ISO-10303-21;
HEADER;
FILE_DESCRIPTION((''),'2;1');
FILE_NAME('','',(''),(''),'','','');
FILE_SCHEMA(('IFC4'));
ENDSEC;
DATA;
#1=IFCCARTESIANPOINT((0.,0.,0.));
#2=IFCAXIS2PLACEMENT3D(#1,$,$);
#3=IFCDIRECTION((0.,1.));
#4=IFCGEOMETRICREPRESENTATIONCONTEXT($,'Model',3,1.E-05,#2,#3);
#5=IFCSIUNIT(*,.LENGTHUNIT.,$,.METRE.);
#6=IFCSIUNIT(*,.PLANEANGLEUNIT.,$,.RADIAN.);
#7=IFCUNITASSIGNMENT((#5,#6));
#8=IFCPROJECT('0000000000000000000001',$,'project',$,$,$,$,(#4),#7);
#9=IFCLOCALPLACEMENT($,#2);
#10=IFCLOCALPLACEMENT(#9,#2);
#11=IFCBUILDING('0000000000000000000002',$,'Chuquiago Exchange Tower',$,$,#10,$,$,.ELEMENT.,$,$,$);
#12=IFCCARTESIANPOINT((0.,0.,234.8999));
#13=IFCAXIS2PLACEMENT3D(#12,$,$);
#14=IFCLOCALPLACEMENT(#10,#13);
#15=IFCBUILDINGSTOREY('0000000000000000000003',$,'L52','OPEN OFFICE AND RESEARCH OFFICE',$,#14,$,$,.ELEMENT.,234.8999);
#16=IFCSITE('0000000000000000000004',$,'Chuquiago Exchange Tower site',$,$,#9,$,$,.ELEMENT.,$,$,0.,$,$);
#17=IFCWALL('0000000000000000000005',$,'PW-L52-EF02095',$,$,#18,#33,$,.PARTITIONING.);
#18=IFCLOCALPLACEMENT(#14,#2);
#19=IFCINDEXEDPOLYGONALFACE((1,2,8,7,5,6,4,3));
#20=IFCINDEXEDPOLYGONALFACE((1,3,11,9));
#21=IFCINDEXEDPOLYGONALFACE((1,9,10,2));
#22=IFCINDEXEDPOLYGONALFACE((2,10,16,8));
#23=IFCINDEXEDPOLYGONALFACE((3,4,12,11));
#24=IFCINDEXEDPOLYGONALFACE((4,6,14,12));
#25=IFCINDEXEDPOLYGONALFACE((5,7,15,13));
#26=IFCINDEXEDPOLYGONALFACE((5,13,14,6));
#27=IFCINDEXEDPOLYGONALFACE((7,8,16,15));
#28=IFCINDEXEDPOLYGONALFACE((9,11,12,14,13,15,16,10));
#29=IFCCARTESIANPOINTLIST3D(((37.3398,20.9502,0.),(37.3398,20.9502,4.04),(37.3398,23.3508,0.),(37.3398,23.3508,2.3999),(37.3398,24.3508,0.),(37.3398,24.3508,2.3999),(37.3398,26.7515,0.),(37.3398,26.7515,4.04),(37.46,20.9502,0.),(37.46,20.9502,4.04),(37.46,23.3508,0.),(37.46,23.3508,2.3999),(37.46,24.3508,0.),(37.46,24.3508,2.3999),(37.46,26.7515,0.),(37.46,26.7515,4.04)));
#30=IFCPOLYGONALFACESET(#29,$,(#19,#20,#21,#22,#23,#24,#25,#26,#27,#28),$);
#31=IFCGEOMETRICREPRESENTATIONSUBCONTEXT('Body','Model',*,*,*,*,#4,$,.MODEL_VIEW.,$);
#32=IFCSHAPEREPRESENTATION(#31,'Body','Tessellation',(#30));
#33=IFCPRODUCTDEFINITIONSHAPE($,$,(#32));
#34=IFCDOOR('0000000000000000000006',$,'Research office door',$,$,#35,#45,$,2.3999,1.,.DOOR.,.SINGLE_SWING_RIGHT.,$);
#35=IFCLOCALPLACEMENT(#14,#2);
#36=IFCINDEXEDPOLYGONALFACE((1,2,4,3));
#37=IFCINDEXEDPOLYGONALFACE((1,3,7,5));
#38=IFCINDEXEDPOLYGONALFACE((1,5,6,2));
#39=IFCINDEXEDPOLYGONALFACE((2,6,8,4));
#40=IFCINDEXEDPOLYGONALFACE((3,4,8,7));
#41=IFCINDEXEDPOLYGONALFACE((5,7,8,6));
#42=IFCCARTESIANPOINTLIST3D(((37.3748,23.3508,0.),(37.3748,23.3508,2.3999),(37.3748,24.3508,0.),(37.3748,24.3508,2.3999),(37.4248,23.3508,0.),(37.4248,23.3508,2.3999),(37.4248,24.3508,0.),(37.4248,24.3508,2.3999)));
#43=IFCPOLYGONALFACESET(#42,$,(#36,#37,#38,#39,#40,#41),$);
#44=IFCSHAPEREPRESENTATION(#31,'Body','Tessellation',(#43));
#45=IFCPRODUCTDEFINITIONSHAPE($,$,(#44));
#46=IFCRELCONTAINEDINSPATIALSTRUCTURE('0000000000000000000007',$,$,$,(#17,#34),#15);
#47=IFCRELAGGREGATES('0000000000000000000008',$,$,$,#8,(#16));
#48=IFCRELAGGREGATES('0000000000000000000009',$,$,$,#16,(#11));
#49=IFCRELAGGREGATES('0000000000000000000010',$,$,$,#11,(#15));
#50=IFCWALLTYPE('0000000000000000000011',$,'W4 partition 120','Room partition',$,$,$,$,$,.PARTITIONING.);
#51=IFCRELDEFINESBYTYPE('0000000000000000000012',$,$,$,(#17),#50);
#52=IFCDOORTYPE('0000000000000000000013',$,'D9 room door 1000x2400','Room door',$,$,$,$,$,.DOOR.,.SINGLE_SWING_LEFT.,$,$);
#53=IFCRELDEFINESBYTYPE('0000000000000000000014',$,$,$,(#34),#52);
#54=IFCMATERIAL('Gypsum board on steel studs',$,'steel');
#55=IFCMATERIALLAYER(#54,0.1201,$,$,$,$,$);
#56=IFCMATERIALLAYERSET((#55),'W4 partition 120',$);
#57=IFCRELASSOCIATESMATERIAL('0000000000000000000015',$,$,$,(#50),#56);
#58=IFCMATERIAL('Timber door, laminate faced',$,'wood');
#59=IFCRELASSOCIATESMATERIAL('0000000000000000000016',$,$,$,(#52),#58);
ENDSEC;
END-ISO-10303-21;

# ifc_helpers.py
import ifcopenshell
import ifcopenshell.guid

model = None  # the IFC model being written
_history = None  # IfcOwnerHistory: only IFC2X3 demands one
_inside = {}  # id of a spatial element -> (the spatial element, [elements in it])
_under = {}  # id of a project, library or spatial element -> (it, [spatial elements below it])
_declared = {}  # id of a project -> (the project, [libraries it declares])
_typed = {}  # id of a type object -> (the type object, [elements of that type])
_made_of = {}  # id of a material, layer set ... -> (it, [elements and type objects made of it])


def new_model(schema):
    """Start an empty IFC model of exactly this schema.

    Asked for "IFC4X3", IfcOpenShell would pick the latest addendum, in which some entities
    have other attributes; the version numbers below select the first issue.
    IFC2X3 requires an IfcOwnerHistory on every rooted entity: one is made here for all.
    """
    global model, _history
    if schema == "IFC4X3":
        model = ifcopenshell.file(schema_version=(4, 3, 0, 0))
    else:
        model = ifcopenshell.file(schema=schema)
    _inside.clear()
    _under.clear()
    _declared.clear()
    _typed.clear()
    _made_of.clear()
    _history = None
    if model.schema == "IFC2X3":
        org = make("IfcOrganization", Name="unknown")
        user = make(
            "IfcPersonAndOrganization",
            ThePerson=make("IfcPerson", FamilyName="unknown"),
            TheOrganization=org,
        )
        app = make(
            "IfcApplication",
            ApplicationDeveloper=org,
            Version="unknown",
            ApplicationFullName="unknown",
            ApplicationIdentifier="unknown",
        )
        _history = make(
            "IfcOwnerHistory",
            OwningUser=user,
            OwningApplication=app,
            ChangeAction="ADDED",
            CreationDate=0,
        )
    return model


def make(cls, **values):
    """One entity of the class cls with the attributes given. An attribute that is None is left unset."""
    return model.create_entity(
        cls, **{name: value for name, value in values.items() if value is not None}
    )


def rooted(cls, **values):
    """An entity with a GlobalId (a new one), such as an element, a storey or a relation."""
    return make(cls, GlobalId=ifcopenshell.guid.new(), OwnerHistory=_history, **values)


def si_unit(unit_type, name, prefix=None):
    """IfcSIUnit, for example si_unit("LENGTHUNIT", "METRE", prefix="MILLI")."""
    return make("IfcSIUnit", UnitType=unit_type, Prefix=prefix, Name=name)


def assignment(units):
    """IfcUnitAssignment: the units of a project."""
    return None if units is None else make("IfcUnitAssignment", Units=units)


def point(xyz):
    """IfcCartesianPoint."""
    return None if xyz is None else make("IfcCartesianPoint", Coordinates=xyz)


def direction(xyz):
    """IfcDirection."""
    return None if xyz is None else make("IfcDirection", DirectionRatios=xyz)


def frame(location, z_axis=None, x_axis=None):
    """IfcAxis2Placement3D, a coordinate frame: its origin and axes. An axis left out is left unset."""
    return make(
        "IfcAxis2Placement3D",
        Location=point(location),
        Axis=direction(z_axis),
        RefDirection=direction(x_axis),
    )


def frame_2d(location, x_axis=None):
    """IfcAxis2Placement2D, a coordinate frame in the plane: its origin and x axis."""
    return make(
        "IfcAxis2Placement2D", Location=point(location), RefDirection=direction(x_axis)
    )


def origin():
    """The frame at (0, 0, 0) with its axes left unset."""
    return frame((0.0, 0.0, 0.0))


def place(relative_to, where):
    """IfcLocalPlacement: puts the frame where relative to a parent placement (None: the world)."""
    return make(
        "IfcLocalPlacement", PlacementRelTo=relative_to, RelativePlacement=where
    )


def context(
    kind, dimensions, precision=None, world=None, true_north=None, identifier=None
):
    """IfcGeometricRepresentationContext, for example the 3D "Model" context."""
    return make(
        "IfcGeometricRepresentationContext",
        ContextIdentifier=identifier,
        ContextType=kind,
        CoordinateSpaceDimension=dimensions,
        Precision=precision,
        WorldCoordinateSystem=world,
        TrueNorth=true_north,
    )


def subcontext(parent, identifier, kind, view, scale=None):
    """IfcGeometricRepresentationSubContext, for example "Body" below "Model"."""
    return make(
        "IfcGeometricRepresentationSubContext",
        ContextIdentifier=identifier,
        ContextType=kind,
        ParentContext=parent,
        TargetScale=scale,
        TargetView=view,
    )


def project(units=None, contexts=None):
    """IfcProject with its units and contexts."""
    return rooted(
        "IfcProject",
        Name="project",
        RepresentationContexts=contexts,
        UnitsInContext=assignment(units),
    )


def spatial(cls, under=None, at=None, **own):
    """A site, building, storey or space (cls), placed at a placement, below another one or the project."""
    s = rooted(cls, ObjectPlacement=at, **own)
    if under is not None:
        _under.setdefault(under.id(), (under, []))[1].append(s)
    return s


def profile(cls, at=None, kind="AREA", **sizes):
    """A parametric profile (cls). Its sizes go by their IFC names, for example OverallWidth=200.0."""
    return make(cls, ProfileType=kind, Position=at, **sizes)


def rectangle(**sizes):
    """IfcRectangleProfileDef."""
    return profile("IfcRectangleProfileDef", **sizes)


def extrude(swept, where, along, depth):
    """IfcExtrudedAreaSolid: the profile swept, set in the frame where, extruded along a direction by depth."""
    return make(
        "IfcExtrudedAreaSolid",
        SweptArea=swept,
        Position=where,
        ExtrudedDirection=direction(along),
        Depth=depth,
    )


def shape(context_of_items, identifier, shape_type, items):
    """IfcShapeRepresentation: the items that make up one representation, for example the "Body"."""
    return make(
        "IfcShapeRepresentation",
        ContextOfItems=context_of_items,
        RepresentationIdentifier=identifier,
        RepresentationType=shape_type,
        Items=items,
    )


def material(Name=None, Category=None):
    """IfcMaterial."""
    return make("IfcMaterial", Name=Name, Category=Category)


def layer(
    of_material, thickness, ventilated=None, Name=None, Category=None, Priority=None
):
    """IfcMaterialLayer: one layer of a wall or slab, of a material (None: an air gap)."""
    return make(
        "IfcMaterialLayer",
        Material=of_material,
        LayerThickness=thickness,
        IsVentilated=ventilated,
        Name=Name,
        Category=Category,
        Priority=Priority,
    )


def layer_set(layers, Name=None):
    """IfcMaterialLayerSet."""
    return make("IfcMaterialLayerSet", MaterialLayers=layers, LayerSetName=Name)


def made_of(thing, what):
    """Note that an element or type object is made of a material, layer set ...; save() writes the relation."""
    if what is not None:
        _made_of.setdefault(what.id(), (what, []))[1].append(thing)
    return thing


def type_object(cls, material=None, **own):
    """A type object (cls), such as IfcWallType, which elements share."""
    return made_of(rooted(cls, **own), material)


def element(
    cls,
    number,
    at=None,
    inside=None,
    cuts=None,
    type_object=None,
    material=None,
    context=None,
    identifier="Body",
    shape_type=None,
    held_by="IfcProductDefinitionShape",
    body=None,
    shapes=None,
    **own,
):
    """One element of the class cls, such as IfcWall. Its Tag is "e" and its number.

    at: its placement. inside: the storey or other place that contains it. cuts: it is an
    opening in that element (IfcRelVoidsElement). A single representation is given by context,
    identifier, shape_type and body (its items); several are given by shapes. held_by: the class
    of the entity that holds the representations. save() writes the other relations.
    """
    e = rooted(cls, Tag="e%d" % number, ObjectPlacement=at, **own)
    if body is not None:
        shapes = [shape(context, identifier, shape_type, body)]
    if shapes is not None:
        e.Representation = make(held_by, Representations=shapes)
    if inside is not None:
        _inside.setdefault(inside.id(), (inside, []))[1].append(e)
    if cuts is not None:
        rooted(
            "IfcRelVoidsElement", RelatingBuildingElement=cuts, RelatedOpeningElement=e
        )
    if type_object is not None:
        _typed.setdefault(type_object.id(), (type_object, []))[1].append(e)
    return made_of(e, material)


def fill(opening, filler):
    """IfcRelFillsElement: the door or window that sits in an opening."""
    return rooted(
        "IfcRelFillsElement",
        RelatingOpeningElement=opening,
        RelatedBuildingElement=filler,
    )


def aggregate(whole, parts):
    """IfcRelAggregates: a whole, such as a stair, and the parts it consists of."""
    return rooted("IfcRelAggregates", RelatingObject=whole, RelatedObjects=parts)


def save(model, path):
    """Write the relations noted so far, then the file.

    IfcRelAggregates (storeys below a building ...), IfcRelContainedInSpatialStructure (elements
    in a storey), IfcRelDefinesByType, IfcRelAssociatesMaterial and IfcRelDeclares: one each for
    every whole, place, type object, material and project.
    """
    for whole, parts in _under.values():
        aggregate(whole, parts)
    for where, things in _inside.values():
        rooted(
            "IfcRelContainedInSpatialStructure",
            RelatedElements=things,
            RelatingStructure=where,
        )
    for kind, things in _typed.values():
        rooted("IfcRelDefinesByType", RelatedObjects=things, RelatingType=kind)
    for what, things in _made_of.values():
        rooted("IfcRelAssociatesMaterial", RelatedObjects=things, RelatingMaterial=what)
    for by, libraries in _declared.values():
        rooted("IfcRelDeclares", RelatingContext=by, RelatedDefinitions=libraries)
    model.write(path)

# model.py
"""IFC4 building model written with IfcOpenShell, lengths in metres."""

from ifc_helpers import new_model, si_unit, direction, frame, frame_2d, origin, place, context, subcontext, project, spatial, rectangle, extrude, material, layer, layer_set, type_object, element, fill, save


model = new_model("IFC4")

# Units and contexts
model_context = context("Model", 3, precision=1e-05, world=origin(), true_north=direction((0.0, 1.0)))
body_context = subcontext(model_context, "Body", "Model", "MODEL_VIEW")
ifc_project = project(units=[si_unit("LENGTHUNIT", "METRE"), si_unit("PLANEANGLEUNIT", "RADIAN")], contexts=[model_context])

# Site, building, storey
site_placement = place(None, origin())
site = spatial("IfcSite", under=ifc_project, at=site_placement, Name="Chuquiago Exchange Tower site", CompositionType="ELEMENT", RefElevation=0.0)
building_placement = place(site_placement, origin())
building = spatial("IfcBuilding", under=site, at=building_placement, Name="Chuquiago Exchange Tower", CompositionType="ELEMENT")
storey_placement = place(building_placement, frame((0.0, 0.0, 234.8999)))
storey = spatial("IfcBuildingStorey", under=building, at=storey_placement, Name="L52", Description="OPEN OFFICE AND RESEARCH OFFICE", CompositionType="ELEMENT", Elevation=234.8999)

# Shared definitions
ifc_material_1 = material(Name="Gypsum board on steel studs", Category="steel")
ifc_layer_1 = layer(ifc_material_1, 0.1201)
ifc_layer_set_1 = layer_set([ifc_layer_1], Name="W4 partition 120")
wall_type_1 = type_object("IfcWallType", Name="W4 partition 120", Description="Room partition", PredefinedType="PARTITIONING", material=ifc_layer_set_1)

# Wall, opening, door
wall_1_placement = place(storey_placement, frame((37.3999, 20.9502, 0.0), z_axis=(0.0, 0.0, 1.0), x_axis=(0.0, 1.0, 0.0)))
wall_1 = element("IfcWall", 1, at=wall_1_placement, inside=storey, type_object=wall_type_1, Name="PW-L52-EF02095", PredefinedType="PARTITIONING", context=body_context, shape_type="SweptSolid", body=[
    extrude(rectangle(XDim=5.8013, YDim=0.1201, at=frame_2d((2.9006, 0.0))), origin(), (0.0, 0.0, 1.0), 4.04),
])
opening_1_placement = place(wall_1_placement, frame((2.4006, 0.0, 0.0)))
opening_1 = element("IfcOpeningElement", 2, at=opening_1_placement, cuts=wall_1, PredefinedType="OPENING", context=body_context, shape_type="SweptSolid", body=[
    extrude(rectangle(XDim=1.0, YDim=2.3999, at=frame_2d((0.5, 1.2))), frame((0.0, 0.0701, 0.0), z_axis=(0.0, -1.0, 0.0), x_axis=(1.0, 0.0, 0.0)), (0.0, 0.0, 1.0), 0.1401),
])
ifc_material_2 = material(Name="Timber door, laminate faced", Category="wood")
door_type_1 = type_object("IfcDoorType", Name="D9 room door 1000x2400", Description="Room door", OperationType="SINGLE_SWING_LEFT", PredefinedType="DOOR", material=ifc_material_2)
door_1_placement = place(opening_1_placement, frame((1.0, 0.0, 0.0), z_axis=(0.0, 0.0, 1.0), x_axis=(-1.0, 0.0, 0.0)))
door_1 = element("IfcDoor", 3, at=door_1_placement, inside=storey, type_object=door_type_1, Name="Research office door", OperationType="SINGLE_SWING_RIGHT", OverallHeight=2.3999, OverallWidth=1.0, PredefinedType="DOOR", context=body_context, shape_type="SweptSolid", body=[
    extrude(rectangle(XDim=1.0, YDim=2.3999, at=frame_2d((0.5, 1.2))), frame((0.0, 0.0249, 0.0), z_axis=(0.0, -1.0, 0.0), x_axis=(1.0, 0.0, 0.0)), (0.0, 0.0, 1.0), 0.05),
])
fill(opening_1, door_1)

save(model, "model.ifc")
